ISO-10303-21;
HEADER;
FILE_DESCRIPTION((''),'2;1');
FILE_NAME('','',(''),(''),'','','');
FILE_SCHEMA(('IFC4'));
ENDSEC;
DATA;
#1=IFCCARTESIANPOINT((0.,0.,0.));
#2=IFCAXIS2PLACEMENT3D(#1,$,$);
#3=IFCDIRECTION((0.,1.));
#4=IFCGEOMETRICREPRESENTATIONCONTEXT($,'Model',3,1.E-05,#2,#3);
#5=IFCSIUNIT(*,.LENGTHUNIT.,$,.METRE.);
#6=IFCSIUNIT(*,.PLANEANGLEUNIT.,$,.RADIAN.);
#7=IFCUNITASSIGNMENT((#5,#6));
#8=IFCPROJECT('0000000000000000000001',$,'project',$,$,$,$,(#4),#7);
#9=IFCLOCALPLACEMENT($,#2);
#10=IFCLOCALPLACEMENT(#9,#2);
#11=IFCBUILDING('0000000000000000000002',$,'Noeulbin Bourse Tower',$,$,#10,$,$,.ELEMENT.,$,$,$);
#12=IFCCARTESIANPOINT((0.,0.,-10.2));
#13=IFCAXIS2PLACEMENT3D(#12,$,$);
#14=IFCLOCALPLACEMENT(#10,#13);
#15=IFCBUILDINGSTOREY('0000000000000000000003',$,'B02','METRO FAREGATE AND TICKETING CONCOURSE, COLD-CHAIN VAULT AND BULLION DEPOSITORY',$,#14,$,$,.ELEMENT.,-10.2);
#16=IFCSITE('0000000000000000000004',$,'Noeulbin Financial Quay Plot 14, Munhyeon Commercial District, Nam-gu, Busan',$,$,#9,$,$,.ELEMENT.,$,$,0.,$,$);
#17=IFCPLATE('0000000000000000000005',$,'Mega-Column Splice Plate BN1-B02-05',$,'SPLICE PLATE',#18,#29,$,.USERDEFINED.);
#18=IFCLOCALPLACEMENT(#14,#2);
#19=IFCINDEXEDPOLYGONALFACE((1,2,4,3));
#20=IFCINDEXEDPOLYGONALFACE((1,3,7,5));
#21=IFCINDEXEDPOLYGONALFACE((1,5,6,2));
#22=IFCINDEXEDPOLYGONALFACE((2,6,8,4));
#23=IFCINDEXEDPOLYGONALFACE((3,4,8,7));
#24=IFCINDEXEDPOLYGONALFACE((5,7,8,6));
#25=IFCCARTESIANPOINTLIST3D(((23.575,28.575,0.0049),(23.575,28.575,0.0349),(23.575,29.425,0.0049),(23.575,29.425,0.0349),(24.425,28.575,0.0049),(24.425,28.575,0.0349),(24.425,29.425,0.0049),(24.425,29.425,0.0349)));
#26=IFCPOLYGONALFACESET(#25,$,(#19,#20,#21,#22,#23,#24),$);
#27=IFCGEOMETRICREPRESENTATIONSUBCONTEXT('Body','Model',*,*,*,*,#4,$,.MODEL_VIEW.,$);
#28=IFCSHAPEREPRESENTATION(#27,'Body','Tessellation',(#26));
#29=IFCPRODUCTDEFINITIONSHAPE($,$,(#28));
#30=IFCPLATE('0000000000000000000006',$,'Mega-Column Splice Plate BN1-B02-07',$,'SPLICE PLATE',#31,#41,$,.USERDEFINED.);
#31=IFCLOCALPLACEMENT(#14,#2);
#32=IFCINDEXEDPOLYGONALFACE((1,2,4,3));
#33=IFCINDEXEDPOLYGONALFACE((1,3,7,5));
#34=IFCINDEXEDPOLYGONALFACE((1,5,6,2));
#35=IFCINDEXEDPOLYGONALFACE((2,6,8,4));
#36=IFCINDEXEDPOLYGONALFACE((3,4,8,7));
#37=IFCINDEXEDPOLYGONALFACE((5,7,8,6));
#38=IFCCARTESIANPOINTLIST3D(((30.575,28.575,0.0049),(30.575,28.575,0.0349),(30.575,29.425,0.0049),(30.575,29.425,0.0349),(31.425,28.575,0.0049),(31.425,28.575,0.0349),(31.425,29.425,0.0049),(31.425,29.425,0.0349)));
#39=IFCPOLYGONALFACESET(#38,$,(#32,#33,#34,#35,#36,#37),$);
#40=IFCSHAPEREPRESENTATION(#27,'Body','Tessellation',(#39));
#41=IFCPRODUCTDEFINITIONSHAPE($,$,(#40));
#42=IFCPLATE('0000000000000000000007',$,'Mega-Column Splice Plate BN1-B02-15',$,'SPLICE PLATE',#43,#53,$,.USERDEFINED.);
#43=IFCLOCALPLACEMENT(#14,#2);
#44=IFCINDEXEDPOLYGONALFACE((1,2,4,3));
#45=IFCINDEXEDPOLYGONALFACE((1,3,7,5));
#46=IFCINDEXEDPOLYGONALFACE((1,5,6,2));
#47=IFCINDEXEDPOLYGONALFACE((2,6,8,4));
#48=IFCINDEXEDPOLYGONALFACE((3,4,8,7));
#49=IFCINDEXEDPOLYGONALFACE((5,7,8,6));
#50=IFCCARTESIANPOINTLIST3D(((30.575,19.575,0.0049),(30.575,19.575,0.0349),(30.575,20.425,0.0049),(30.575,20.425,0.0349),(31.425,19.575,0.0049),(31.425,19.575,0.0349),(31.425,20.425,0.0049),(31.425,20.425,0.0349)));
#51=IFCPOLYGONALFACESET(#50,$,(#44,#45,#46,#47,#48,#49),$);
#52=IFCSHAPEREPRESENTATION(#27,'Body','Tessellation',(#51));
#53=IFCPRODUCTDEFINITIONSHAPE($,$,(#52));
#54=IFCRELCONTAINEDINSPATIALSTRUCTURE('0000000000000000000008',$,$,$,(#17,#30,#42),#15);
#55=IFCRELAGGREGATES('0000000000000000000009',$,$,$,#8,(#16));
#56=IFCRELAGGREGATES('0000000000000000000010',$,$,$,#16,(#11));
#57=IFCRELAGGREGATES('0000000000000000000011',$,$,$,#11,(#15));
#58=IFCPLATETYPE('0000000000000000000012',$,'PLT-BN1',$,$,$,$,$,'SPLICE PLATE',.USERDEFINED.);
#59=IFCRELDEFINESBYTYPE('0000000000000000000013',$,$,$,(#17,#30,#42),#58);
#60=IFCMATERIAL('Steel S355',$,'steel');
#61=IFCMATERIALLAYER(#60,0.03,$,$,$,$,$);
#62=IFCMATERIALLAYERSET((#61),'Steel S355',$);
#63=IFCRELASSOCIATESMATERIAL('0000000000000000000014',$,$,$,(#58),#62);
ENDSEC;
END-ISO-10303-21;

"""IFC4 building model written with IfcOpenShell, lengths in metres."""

from ifc_helpers import new_model, si_unit, direction, frame, origin, origin_2d, place, context, subcontext, project, spatial, rectangle, extrude, material, layer, layer_set, type_object, element, save


model = new_model("IFC4")

# Units and contexts
model_context = context("Model", 3, precision=1e-05, world=origin(), true_north=direction((0.0, 1.0)))
body_context = subcontext(model_context, "Body", "Model", "MODEL_VIEW")
ifc_project = project(units=[si_unit("LENGTHUNIT", "METRE"), si_unit("PLANEANGLEUNIT", "RADIAN")], contexts=[model_context])

# Site, building, storey
site_placement = place(None, origin())
site = spatial("IfcSite", under=ifc_project, at=site_placement, Name="Noeulbin Financial Quay Plot 14, Munhyeon Commercial District, Nam-gu, Busan", CompositionType="ELEMENT", RefElevation=0.0)
building_placement = place(site_placement, origin())
building = spatial("IfcBuilding", under=site, at=building_placement, Name="Noeulbin Bourse Tower", CompositionType="ELEMENT")
storey_placement = place(building_placement, frame((0.0, 0.0, -10.2)))
storey = spatial("IfcBuildingStorey", under=building, at=storey_placement, Name="B02", Description="METRO FAREGATE AND TICKETING CONCOURSE, COLD-CHAIN VAULT AND BULLION DEPOSITORY", CompositionType="ELEMENT", Elevation=-10.2)

# Shared definitions
ifc_material_1 = material(Name="Steel S355", Category="steel")

# Plates
ifc_layer = layer(ifc_material_1, 0.03)
ifc_layer_set = layer_set([ifc_layer], Name="Steel S355")
plate_type = type_object("IfcPlateType", Name="PLT-BN1", ElementType="SPLICE PLATE", PredefinedType="USERDEFINED", material=ifc_layer_set)
for number, where, z_axis, x_axis, name in (
    (1, (24.0, 29.0, 0.0049), (0.0, 0.0, 1.0), (1.0, 0.0, 0.0), "Mega-Column Splice Plate BN1-B02-05"),
    (2, (31.0, 29.0, 0.0049), (0.0, 0.0, 1.0), (1.0, 0.0, 0.0), "Mega-Column Splice Plate BN1-B02-07"),
    (3, (31.0, 20.0, 0.0049), (0.0, 0.0, 1.0), (1.0, 0.0, 0.0), "Mega-Column Splice Plate BN1-B02-15"),
):
    element("IfcPlate", number, at=place(storey_placement, frame(where, z_axis=z_axis, x_axis=x_axis)), inside=storey, type_object=plate_type, Name=name, ObjectType="SPLICE PLATE", PredefinedType="USERDEFINED", context=body_context, shape_type="SweptSolid", body=[
        extrude(rectangle(XDim=0.8501, YDim=0.8501, at=origin_2d()), origin(), (0.0, 0.0, 1.0), 0.03),
    ])

save(model, "model.ifc")
